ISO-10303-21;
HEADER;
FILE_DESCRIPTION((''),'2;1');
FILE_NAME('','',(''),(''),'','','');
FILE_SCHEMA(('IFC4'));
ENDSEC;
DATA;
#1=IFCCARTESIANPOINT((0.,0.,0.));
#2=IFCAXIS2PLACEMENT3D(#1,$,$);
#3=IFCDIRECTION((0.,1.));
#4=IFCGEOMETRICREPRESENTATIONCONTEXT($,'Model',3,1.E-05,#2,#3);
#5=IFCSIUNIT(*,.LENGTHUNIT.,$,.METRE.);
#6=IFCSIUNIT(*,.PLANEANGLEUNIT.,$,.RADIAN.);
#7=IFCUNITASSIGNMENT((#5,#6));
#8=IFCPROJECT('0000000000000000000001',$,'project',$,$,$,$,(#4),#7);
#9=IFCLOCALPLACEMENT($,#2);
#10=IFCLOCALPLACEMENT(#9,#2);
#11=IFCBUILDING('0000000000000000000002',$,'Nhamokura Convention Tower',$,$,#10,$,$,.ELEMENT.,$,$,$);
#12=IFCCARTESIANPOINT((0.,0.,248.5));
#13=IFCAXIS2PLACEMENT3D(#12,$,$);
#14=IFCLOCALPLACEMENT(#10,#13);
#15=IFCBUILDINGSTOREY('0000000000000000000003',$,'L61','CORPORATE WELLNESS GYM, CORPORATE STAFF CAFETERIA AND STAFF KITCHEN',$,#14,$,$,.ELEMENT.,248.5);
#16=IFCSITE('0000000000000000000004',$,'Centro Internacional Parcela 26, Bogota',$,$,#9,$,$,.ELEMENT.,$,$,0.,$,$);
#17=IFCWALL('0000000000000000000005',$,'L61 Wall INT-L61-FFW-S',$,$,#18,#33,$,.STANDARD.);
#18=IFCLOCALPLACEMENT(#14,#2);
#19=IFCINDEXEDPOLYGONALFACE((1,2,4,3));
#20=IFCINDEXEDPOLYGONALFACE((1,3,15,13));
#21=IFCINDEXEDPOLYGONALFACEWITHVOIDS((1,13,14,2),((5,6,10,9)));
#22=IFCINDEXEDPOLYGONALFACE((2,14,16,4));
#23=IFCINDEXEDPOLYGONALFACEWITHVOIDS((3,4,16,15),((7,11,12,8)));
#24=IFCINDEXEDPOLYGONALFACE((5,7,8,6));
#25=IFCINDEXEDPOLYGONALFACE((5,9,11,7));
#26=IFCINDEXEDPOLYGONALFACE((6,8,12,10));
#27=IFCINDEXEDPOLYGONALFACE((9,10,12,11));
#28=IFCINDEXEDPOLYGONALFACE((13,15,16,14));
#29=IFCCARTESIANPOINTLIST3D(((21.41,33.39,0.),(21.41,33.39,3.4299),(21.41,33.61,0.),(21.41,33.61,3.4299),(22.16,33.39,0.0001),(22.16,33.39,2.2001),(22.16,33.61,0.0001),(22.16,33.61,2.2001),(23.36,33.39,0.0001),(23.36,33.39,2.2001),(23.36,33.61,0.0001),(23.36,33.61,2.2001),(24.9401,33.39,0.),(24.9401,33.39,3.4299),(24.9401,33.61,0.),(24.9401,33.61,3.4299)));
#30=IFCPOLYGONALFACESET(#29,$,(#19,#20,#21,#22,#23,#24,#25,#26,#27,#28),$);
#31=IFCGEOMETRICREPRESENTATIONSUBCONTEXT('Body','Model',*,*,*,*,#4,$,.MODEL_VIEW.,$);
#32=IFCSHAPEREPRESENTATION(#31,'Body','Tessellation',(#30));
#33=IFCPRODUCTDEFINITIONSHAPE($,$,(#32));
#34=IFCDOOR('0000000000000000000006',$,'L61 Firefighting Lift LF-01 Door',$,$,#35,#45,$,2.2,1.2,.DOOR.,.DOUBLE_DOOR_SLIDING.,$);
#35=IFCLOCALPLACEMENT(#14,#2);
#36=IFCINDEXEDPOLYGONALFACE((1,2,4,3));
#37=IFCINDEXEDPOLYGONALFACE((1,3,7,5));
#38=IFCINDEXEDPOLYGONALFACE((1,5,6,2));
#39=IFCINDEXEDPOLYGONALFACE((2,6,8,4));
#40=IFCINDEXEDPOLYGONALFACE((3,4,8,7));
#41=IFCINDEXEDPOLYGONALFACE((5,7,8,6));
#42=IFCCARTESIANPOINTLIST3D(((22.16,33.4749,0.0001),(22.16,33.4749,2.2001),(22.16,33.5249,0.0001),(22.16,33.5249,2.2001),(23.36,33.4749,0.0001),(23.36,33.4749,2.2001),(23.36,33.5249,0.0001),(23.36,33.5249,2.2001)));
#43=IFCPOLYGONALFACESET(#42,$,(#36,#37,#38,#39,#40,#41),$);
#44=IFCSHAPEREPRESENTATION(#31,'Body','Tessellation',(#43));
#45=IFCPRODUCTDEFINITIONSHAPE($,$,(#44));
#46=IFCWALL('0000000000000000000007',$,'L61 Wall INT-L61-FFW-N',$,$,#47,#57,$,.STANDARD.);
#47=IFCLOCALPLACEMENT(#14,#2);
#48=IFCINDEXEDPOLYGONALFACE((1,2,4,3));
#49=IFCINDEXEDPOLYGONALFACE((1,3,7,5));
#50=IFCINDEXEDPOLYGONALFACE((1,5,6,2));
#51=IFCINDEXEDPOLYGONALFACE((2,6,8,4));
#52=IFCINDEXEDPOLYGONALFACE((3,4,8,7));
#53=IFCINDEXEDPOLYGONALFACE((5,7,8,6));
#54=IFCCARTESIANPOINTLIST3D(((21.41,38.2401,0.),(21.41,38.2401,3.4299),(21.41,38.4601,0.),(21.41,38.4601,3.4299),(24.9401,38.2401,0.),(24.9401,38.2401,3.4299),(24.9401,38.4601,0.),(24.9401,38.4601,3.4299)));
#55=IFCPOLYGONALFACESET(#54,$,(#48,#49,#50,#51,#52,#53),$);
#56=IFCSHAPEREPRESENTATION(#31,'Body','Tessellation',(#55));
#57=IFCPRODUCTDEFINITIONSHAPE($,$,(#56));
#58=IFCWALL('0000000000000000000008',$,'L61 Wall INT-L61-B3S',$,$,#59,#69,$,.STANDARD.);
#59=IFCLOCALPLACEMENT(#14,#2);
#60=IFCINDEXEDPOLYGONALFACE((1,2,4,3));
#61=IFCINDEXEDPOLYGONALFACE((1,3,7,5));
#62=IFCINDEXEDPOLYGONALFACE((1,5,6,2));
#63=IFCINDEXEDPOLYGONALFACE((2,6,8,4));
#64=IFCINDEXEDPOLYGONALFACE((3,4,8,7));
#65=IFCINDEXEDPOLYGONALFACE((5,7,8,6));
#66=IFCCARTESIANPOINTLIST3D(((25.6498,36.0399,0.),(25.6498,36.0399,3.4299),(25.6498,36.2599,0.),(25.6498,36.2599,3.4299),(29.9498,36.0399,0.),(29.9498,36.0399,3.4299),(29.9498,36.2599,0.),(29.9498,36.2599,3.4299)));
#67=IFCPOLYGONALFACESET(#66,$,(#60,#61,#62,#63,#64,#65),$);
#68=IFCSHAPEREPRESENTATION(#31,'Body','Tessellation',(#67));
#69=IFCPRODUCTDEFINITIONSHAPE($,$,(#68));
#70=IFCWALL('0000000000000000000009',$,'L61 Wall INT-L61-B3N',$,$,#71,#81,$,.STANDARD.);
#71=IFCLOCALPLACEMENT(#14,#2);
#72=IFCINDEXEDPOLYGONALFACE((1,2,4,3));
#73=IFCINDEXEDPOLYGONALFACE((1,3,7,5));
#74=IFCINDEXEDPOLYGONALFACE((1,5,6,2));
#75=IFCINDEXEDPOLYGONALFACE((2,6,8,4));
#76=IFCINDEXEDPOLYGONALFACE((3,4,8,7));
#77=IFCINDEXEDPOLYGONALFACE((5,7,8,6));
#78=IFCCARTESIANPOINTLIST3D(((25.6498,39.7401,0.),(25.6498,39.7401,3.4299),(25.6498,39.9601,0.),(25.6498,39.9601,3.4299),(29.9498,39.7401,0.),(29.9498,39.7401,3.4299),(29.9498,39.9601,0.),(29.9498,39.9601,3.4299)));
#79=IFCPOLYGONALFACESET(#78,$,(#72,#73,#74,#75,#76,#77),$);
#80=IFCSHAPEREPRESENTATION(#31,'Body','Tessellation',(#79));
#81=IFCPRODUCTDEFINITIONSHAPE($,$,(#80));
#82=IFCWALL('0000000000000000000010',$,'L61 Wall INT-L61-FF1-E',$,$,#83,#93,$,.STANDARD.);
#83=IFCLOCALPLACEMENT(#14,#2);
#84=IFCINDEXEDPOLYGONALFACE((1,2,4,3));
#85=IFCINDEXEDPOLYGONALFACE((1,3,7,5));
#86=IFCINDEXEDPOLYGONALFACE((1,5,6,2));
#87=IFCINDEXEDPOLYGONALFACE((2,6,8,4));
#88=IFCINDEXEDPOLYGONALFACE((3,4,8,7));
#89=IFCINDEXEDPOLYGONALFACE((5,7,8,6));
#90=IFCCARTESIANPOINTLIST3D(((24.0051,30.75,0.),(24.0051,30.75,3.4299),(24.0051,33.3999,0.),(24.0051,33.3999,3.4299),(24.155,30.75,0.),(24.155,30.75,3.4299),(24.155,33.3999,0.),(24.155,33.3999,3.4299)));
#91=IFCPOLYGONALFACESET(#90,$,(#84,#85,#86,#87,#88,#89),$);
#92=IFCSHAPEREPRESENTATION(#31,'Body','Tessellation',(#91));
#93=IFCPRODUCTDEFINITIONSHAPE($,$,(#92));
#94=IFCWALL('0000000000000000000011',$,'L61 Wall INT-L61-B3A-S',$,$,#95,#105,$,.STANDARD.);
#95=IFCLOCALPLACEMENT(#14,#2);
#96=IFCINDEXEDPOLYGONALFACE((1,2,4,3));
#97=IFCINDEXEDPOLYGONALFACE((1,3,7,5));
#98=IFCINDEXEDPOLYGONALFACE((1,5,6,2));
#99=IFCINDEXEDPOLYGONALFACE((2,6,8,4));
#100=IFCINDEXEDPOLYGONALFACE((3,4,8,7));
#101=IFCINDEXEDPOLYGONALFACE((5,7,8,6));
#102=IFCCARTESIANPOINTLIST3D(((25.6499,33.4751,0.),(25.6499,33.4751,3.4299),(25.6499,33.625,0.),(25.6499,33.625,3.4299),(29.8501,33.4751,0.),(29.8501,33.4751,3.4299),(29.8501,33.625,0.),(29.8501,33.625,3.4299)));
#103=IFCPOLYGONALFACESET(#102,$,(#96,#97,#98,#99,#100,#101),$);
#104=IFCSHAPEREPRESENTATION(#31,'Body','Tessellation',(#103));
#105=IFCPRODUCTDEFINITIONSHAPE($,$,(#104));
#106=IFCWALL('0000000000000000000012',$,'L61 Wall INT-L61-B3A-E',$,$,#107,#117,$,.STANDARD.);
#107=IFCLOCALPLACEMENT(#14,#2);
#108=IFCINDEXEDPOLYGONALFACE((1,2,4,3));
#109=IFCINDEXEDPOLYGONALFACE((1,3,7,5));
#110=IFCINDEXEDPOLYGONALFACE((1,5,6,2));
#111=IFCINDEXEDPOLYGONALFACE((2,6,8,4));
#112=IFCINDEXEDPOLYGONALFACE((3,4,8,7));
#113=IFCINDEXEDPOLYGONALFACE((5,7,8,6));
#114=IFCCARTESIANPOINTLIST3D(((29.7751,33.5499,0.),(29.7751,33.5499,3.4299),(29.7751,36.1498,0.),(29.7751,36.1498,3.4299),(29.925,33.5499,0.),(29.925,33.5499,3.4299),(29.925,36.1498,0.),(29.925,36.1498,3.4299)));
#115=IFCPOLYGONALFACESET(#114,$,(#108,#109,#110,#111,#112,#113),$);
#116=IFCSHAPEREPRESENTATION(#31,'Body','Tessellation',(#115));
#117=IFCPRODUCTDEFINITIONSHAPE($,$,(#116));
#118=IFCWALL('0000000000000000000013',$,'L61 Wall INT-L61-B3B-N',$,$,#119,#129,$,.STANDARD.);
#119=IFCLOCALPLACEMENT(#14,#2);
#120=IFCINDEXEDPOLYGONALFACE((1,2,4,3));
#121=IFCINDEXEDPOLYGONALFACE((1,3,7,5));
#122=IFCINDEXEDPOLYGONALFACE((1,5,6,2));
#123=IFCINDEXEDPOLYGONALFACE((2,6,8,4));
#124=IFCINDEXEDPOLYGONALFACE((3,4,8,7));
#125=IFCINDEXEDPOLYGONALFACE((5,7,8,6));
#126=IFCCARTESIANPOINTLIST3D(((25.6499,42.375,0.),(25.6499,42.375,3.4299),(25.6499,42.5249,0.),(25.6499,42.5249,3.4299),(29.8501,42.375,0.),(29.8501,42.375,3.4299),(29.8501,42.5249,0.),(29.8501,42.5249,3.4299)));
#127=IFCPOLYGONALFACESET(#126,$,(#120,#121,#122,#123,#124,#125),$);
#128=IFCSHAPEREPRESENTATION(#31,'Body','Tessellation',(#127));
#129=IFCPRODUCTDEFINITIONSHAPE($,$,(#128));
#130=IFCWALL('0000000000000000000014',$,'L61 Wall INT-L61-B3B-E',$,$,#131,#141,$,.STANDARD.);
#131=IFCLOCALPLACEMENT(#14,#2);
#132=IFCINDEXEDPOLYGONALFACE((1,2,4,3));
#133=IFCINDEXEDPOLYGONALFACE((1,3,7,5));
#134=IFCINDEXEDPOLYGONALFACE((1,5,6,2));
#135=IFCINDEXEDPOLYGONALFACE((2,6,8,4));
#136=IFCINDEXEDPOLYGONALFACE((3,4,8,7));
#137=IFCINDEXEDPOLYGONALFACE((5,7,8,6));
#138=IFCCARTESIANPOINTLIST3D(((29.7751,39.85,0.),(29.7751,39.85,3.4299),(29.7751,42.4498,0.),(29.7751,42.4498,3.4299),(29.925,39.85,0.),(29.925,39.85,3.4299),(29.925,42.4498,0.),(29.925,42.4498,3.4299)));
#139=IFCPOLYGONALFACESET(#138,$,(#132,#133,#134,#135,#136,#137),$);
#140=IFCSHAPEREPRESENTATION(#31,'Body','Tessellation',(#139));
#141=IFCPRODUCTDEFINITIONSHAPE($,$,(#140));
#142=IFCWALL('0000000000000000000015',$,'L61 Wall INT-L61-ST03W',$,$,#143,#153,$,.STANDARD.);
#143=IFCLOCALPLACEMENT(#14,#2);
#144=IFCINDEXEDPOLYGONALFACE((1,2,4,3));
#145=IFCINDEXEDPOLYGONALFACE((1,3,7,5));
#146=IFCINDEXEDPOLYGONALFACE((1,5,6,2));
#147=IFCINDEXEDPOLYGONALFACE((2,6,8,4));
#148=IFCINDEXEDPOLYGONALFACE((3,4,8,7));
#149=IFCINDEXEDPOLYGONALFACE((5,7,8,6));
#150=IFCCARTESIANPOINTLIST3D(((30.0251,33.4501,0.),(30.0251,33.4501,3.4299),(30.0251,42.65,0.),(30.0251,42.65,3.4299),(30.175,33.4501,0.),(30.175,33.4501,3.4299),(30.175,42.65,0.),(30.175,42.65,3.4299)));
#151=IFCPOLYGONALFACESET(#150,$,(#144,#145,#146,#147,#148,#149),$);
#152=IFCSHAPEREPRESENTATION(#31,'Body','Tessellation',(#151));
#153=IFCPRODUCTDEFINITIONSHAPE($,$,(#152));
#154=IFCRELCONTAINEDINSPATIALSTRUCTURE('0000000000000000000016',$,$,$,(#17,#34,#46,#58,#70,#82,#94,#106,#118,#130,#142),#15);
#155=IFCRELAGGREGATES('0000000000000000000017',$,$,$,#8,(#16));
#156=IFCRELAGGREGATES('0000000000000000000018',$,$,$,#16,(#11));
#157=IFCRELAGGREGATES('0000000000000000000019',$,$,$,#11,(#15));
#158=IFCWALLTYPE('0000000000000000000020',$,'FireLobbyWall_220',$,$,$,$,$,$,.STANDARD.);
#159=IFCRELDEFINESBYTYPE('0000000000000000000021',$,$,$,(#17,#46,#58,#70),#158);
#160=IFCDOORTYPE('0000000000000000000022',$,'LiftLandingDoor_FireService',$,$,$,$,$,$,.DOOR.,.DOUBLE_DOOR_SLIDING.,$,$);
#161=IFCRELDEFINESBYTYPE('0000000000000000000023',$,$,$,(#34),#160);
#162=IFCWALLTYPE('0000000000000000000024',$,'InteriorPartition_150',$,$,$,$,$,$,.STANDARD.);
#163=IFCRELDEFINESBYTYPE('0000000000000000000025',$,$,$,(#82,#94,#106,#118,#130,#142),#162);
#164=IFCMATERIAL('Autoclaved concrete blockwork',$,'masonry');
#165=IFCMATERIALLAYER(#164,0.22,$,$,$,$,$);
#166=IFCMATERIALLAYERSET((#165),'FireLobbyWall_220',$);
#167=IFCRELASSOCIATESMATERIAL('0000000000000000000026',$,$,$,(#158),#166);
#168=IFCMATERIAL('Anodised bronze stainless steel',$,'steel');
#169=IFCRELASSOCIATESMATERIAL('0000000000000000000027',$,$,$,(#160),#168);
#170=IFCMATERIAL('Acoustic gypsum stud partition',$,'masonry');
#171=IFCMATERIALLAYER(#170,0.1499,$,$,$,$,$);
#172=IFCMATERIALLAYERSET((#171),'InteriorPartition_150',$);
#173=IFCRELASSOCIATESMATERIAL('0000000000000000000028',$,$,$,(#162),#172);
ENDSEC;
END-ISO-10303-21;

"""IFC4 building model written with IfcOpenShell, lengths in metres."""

from ifc_helpers import new_model, si_unit, direction, frame, frame_2d, origin, place, context, subcontext, project, spatial, rectangle, extrude, material, layer, layer_set, type_object, element, fill, save


model = new_model("IFC4")

# Units and contexts
model_context = context("Model", 3, precision=1e-05, world=origin(), true_north=direction((0.0, 1.0)))
body_context = subcontext(model_context, "Body", "Model", "MODEL_VIEW")
ifc_project = project(units=[si_unit("LENGTHUNIT", "METRE"), si_unit("PLANEANGLEUNIT", "RADIAN")], contexts=[model_context])

# Site, building, storey
site_placement = place(None, origin())
site = spatial("IfcSite", under=ifc_project, at=site_placement, Name="Centro Internacional Parcela 26, Bogota", CompositionType="ELEMENT", RefElevation=0.0)
building_placement = place(site_placement, origin())
building = spatial("IfcBuilding", under=site, at=building_placement, Name="Nhamokura Convention Tower", CompositionType="ELEMENT")
storey_placement = place(building_placement, frame((0.0, 0.0, 248.5)))
storey = spatial("IfcBuildingStorey", under=building, at=storey_placement, Name="L61", Description="CORPORATE WELLNESS GYM, CORPORATE STAFF CAFETERIA AND STAFF KITCHEN", CompositionType="ELEMENT", Elevation=248.5)

# Wall, opening, door
ifc_material_1 = material(Name="Autoclaved concrete blockwork", Category="masonry")
ifc_layer_1 = layer(ifc_material_1, 0.22)
ifc_layer_set_1 = layer_set([ifc_layer_1], Name="FireLobbyWall_220")
wall_type_1 = type_object("IfcWallType", Name="FireLobbyWall_220", PredefinedType="STANDARD", material=ifc_layer_set_1)
wall_1_placement = place(storey_placement, frame((21.4099, 33.5, 0.0), z_axis=(0.0, 0.0, 1.0), x_axis=(1.0, 0.0, 0.0)))
wall_1 = element("IfcWall", 1, at=wall_1_placement, inside=storey, type_object=wall_type_1, Name="L61 Wall INT-L61-FFW-S", PredefinedType="STANDARD", context=body_context, shape_type="SweptSolid", body=[
    extrude(rectangle(XDim=3.53, YDim=0.22, at=frame_2d((1.7651, 0.0))), origin(), (0.0, 0.0, 1.0), 3.4299),
])
opening_1_placement = place(wall_1_placement, frame((0.75, 0.0, 0.0)))
opening_1 = element("IfcOpeningElement", 2, at=opening_1_placement, cuts=wall_1, PredefinedType="OPENING", context=body_context, shape_type="SweptSolid", body=[
    extrude(rectangle(XDim=1.2, YDim=2.2, at=frame_2d((0.6001, 1.1001))), frame((0.0, 0.1199, 0.0), z_axis=(0.0, -1.0, 0.0), x_axis=(1.0, 0.0, 0.0)), (0.0, 0.0, 1.0), 0.24),
])
ifc_material_2 = material(Name="Anodised bronze stainless steel", Category="steel")
door_type_1 = type_object("IfcDoorType", Name="LiftLandingDoor_FireService", OperationType="DOUBLE_DOOR_SLIDING", PredefinedType="DOOR", material=ifc_material_2)
door_1_placement = place(opening_1_placement, origin())
door_1 = element("IfcDoor", 3, at=door_1_placement, inside=storey, type_object=door_type_1, Name="L61 Firefighting Lift LF-01 Door", OperationType="DOUBLE_DOOR_SLIDING", OverallHeight=2.2, OverallWidth=1.2, PredefinedType="DOOR", context=body_context, shape_type="SweptSolid", body=[
    extrude(rectangle(XDim=1.2, YDim=2.2, at=frame_2d((0.6001, 1.1001))), frame((0.0, 0.0249, 0.0), z_axis=(0.0, -1.0, 0.0), x_axis=(1.0, 0.0, 0.0)), (0.0, 0.0, 1.0), 0.05),
])
fill(opening_1, door_1)

# Walls
wall_2_placement = place(storey_placement, frame((21.4099, 38.3501, 0.0), z_axis=(0.0, 0.0, 1.0), x_axis=(1.0, 0.0, 0.0)))
element("IfcWall", 4, at=wall_2_placement, inside=storey, type_object=wall_type_1, Name="L61 Wall INT-L61-FFW-N", PredefinedType="STANDARD", context=body_context, shape_type="SweptSolid", body=[
    extrude(rectangle(XDim=3.53, YDim=0.22, at=frame_2d((1.7651, 0.0))), origin(), (0.0, 0.0, 1.0), 3.4299),
])
for number, where, z_axis, x_axis, name in (
    (5, (25.6499, 36.1499, 0.0), (0.0, 0.0, 1.0), (1.0, 0.0, 0.0), "L61 Wall INT-L61-B3S"),
    (6, (25.6499, 39.8501, 0.0), (0.0, 0.0, 1.0), (1.0, 0.0, 0.0), "L61 Wall INT-L61-B3N"),
):
    element("IfcWall", number, at=place(storey_placement, frame(where, z_axis=z_axis, x_axis=x_axis)), inside=storey, type_object=wall_type_1, Name=name, PredefinedType="STANDARD", context=body_context, shape_type="SweptSolid", body=[
        extrude(rectangle(XDim=4.3, YDim=0.22, at=frame_2d((2.1499, 0.0))), origin(), (0.0, 0.0, 1.0), 3.4299),
    ])
ifc_material_3 = material(Name="Acoustic gypsum stud partition", Category="masonry")
ifc_layer_2 = layer(ifc_material_3, 0.1499)
ifc_layer_set_2 = layer_set([ifc_layer_2], Name="InteriorPartition_150")
wall_type_2 = type_object("IfcWallType", Name="InteriorPartition_150", PredefinedType="STANDARD", material=ifc_layer_set_2)
wall_3_placement = place(storey_placement, frame((24.0801, 30.75, 0.0), z_axis=(0.0, 0.0, 1.0), x_axis=(0.0, 1.0, 0.0)))
element("IfcWall", 7, at=wall_3_placement, inside=storey, type_object=wall_type_2, Name="L61 Wall INT-L61-FF1-E", PredefinedType="STANDARD", context=body_context, shape_type="SweptSolid", body=[
    extrude(rectangle(XDim=2.6499, YDim=0.1499, at=frame_2d((1.325, 0.0))), origin(), (0.0, 0.0, 1.0), 3.4299),
])
wall_4_placement = place(storey_placement, frame((25.6499, 33.55, 0.0), z_axis=(0.0, 0.0, 1.0), x_axis=(1.0, 0.0, 0.0)))
element("IfcWall", 8, at=wall_4_placement, inside=storey, type_object=wall_type_2, Name="L61 Wall INT-L61-B3A-S", PredefinedType="STANDARD", context=body_context, shape_type="SweptSolid", body=[
    extrude(rectangle(XDim=4.2002, YDim=0.1499, at=frame_2d((2.1001, 0.0))), origin(), (0.0, 0.0, 1.0), 3.4299),
])
wall_5_placement = place(storey_placement, frame((29.8501, 33.55, 0.0), z_axis=(0.0, 0.0, 1.0), x_axis=(0.0, 1.0, 0.0)))
element("IfcWall", 9, at=wall_5_placement, inside=storey, type_object=wall_type_2, Name="L61 Wall INT-L61-B3A-E", PredefinedType="STANDARD", context=body_context, shape_type="SweptSolid", body=[
    extrude(rectangle(XDim=2.5999, YDim=0.1499, at=frame_2d((1.2998, 0.0))), origin(), (0.0, 0.0, 1.0), 3.4299),
])
wall_6_placement = place(storey_placement, frame((25.6499, 42.45, 0.0), z_axis=(0.0, 0.0, 1.0), x_axis=(1.0, 0.0, 0.0)))
element("IfcWall", 10, at=wall_6_placement, inside=storey, type_object=wall_type_2, Name="L61 Wall INT-L61-B3B-N", PredefinedType="STANDARD", context=body_context, shape_type="SweptSolid", body=[
    extrude(rectangle(XDim=4.2002, YDim=0.1499, at=frame_2d((2.1001, 0.0))), origin(), (0.0, 0.0, 1.0), 3.4299),
])
wall_7_placement = place(storey_placement, frame((29.8501, 39.8501, 0.0), z_axis=(0.0, 0.0, 1.0), x_axis=(0.0, 1.0, 0.0)))
element("IfcWall", 11, at=wall_7_placement, inside=storey, type_object=wall_type_2, Name="L61 Wall INT-L61-B3B-E", PredefinedType="STANDARD", context=body_context, shape_type="SweptSolid", body=[
    extrude(rectangle(XDim=2.5999, YDim=0.1499, at=frame_2d((1.2998, 0.0))), origin(), (0.0, 0.0, 1.0), 3.4299),
])
wall_8_placement = place(storey_placement, frame((30.1001, 33.45, 0.0), z_axis=(0.0, 0.0, 1.0), x_axis=(0.0, 1.0, 0.0)))
element("IfcWall", 12, at=wall_8_placement, inside=storey, type_object=wall_type_2, Name="L61 Wall INT-L61-ST03W", PredefinedType="STANDARD", context=body_context, shape_type="SweptSolid", body=[
    extrude(rectangle(XDim=9.2, YDim=0.1499, at=frame_2d((4.6001, 0.0))), origin(), (0.0, 0.0, 1.0), 3.4299),
])

save(model, "model.ifc")
